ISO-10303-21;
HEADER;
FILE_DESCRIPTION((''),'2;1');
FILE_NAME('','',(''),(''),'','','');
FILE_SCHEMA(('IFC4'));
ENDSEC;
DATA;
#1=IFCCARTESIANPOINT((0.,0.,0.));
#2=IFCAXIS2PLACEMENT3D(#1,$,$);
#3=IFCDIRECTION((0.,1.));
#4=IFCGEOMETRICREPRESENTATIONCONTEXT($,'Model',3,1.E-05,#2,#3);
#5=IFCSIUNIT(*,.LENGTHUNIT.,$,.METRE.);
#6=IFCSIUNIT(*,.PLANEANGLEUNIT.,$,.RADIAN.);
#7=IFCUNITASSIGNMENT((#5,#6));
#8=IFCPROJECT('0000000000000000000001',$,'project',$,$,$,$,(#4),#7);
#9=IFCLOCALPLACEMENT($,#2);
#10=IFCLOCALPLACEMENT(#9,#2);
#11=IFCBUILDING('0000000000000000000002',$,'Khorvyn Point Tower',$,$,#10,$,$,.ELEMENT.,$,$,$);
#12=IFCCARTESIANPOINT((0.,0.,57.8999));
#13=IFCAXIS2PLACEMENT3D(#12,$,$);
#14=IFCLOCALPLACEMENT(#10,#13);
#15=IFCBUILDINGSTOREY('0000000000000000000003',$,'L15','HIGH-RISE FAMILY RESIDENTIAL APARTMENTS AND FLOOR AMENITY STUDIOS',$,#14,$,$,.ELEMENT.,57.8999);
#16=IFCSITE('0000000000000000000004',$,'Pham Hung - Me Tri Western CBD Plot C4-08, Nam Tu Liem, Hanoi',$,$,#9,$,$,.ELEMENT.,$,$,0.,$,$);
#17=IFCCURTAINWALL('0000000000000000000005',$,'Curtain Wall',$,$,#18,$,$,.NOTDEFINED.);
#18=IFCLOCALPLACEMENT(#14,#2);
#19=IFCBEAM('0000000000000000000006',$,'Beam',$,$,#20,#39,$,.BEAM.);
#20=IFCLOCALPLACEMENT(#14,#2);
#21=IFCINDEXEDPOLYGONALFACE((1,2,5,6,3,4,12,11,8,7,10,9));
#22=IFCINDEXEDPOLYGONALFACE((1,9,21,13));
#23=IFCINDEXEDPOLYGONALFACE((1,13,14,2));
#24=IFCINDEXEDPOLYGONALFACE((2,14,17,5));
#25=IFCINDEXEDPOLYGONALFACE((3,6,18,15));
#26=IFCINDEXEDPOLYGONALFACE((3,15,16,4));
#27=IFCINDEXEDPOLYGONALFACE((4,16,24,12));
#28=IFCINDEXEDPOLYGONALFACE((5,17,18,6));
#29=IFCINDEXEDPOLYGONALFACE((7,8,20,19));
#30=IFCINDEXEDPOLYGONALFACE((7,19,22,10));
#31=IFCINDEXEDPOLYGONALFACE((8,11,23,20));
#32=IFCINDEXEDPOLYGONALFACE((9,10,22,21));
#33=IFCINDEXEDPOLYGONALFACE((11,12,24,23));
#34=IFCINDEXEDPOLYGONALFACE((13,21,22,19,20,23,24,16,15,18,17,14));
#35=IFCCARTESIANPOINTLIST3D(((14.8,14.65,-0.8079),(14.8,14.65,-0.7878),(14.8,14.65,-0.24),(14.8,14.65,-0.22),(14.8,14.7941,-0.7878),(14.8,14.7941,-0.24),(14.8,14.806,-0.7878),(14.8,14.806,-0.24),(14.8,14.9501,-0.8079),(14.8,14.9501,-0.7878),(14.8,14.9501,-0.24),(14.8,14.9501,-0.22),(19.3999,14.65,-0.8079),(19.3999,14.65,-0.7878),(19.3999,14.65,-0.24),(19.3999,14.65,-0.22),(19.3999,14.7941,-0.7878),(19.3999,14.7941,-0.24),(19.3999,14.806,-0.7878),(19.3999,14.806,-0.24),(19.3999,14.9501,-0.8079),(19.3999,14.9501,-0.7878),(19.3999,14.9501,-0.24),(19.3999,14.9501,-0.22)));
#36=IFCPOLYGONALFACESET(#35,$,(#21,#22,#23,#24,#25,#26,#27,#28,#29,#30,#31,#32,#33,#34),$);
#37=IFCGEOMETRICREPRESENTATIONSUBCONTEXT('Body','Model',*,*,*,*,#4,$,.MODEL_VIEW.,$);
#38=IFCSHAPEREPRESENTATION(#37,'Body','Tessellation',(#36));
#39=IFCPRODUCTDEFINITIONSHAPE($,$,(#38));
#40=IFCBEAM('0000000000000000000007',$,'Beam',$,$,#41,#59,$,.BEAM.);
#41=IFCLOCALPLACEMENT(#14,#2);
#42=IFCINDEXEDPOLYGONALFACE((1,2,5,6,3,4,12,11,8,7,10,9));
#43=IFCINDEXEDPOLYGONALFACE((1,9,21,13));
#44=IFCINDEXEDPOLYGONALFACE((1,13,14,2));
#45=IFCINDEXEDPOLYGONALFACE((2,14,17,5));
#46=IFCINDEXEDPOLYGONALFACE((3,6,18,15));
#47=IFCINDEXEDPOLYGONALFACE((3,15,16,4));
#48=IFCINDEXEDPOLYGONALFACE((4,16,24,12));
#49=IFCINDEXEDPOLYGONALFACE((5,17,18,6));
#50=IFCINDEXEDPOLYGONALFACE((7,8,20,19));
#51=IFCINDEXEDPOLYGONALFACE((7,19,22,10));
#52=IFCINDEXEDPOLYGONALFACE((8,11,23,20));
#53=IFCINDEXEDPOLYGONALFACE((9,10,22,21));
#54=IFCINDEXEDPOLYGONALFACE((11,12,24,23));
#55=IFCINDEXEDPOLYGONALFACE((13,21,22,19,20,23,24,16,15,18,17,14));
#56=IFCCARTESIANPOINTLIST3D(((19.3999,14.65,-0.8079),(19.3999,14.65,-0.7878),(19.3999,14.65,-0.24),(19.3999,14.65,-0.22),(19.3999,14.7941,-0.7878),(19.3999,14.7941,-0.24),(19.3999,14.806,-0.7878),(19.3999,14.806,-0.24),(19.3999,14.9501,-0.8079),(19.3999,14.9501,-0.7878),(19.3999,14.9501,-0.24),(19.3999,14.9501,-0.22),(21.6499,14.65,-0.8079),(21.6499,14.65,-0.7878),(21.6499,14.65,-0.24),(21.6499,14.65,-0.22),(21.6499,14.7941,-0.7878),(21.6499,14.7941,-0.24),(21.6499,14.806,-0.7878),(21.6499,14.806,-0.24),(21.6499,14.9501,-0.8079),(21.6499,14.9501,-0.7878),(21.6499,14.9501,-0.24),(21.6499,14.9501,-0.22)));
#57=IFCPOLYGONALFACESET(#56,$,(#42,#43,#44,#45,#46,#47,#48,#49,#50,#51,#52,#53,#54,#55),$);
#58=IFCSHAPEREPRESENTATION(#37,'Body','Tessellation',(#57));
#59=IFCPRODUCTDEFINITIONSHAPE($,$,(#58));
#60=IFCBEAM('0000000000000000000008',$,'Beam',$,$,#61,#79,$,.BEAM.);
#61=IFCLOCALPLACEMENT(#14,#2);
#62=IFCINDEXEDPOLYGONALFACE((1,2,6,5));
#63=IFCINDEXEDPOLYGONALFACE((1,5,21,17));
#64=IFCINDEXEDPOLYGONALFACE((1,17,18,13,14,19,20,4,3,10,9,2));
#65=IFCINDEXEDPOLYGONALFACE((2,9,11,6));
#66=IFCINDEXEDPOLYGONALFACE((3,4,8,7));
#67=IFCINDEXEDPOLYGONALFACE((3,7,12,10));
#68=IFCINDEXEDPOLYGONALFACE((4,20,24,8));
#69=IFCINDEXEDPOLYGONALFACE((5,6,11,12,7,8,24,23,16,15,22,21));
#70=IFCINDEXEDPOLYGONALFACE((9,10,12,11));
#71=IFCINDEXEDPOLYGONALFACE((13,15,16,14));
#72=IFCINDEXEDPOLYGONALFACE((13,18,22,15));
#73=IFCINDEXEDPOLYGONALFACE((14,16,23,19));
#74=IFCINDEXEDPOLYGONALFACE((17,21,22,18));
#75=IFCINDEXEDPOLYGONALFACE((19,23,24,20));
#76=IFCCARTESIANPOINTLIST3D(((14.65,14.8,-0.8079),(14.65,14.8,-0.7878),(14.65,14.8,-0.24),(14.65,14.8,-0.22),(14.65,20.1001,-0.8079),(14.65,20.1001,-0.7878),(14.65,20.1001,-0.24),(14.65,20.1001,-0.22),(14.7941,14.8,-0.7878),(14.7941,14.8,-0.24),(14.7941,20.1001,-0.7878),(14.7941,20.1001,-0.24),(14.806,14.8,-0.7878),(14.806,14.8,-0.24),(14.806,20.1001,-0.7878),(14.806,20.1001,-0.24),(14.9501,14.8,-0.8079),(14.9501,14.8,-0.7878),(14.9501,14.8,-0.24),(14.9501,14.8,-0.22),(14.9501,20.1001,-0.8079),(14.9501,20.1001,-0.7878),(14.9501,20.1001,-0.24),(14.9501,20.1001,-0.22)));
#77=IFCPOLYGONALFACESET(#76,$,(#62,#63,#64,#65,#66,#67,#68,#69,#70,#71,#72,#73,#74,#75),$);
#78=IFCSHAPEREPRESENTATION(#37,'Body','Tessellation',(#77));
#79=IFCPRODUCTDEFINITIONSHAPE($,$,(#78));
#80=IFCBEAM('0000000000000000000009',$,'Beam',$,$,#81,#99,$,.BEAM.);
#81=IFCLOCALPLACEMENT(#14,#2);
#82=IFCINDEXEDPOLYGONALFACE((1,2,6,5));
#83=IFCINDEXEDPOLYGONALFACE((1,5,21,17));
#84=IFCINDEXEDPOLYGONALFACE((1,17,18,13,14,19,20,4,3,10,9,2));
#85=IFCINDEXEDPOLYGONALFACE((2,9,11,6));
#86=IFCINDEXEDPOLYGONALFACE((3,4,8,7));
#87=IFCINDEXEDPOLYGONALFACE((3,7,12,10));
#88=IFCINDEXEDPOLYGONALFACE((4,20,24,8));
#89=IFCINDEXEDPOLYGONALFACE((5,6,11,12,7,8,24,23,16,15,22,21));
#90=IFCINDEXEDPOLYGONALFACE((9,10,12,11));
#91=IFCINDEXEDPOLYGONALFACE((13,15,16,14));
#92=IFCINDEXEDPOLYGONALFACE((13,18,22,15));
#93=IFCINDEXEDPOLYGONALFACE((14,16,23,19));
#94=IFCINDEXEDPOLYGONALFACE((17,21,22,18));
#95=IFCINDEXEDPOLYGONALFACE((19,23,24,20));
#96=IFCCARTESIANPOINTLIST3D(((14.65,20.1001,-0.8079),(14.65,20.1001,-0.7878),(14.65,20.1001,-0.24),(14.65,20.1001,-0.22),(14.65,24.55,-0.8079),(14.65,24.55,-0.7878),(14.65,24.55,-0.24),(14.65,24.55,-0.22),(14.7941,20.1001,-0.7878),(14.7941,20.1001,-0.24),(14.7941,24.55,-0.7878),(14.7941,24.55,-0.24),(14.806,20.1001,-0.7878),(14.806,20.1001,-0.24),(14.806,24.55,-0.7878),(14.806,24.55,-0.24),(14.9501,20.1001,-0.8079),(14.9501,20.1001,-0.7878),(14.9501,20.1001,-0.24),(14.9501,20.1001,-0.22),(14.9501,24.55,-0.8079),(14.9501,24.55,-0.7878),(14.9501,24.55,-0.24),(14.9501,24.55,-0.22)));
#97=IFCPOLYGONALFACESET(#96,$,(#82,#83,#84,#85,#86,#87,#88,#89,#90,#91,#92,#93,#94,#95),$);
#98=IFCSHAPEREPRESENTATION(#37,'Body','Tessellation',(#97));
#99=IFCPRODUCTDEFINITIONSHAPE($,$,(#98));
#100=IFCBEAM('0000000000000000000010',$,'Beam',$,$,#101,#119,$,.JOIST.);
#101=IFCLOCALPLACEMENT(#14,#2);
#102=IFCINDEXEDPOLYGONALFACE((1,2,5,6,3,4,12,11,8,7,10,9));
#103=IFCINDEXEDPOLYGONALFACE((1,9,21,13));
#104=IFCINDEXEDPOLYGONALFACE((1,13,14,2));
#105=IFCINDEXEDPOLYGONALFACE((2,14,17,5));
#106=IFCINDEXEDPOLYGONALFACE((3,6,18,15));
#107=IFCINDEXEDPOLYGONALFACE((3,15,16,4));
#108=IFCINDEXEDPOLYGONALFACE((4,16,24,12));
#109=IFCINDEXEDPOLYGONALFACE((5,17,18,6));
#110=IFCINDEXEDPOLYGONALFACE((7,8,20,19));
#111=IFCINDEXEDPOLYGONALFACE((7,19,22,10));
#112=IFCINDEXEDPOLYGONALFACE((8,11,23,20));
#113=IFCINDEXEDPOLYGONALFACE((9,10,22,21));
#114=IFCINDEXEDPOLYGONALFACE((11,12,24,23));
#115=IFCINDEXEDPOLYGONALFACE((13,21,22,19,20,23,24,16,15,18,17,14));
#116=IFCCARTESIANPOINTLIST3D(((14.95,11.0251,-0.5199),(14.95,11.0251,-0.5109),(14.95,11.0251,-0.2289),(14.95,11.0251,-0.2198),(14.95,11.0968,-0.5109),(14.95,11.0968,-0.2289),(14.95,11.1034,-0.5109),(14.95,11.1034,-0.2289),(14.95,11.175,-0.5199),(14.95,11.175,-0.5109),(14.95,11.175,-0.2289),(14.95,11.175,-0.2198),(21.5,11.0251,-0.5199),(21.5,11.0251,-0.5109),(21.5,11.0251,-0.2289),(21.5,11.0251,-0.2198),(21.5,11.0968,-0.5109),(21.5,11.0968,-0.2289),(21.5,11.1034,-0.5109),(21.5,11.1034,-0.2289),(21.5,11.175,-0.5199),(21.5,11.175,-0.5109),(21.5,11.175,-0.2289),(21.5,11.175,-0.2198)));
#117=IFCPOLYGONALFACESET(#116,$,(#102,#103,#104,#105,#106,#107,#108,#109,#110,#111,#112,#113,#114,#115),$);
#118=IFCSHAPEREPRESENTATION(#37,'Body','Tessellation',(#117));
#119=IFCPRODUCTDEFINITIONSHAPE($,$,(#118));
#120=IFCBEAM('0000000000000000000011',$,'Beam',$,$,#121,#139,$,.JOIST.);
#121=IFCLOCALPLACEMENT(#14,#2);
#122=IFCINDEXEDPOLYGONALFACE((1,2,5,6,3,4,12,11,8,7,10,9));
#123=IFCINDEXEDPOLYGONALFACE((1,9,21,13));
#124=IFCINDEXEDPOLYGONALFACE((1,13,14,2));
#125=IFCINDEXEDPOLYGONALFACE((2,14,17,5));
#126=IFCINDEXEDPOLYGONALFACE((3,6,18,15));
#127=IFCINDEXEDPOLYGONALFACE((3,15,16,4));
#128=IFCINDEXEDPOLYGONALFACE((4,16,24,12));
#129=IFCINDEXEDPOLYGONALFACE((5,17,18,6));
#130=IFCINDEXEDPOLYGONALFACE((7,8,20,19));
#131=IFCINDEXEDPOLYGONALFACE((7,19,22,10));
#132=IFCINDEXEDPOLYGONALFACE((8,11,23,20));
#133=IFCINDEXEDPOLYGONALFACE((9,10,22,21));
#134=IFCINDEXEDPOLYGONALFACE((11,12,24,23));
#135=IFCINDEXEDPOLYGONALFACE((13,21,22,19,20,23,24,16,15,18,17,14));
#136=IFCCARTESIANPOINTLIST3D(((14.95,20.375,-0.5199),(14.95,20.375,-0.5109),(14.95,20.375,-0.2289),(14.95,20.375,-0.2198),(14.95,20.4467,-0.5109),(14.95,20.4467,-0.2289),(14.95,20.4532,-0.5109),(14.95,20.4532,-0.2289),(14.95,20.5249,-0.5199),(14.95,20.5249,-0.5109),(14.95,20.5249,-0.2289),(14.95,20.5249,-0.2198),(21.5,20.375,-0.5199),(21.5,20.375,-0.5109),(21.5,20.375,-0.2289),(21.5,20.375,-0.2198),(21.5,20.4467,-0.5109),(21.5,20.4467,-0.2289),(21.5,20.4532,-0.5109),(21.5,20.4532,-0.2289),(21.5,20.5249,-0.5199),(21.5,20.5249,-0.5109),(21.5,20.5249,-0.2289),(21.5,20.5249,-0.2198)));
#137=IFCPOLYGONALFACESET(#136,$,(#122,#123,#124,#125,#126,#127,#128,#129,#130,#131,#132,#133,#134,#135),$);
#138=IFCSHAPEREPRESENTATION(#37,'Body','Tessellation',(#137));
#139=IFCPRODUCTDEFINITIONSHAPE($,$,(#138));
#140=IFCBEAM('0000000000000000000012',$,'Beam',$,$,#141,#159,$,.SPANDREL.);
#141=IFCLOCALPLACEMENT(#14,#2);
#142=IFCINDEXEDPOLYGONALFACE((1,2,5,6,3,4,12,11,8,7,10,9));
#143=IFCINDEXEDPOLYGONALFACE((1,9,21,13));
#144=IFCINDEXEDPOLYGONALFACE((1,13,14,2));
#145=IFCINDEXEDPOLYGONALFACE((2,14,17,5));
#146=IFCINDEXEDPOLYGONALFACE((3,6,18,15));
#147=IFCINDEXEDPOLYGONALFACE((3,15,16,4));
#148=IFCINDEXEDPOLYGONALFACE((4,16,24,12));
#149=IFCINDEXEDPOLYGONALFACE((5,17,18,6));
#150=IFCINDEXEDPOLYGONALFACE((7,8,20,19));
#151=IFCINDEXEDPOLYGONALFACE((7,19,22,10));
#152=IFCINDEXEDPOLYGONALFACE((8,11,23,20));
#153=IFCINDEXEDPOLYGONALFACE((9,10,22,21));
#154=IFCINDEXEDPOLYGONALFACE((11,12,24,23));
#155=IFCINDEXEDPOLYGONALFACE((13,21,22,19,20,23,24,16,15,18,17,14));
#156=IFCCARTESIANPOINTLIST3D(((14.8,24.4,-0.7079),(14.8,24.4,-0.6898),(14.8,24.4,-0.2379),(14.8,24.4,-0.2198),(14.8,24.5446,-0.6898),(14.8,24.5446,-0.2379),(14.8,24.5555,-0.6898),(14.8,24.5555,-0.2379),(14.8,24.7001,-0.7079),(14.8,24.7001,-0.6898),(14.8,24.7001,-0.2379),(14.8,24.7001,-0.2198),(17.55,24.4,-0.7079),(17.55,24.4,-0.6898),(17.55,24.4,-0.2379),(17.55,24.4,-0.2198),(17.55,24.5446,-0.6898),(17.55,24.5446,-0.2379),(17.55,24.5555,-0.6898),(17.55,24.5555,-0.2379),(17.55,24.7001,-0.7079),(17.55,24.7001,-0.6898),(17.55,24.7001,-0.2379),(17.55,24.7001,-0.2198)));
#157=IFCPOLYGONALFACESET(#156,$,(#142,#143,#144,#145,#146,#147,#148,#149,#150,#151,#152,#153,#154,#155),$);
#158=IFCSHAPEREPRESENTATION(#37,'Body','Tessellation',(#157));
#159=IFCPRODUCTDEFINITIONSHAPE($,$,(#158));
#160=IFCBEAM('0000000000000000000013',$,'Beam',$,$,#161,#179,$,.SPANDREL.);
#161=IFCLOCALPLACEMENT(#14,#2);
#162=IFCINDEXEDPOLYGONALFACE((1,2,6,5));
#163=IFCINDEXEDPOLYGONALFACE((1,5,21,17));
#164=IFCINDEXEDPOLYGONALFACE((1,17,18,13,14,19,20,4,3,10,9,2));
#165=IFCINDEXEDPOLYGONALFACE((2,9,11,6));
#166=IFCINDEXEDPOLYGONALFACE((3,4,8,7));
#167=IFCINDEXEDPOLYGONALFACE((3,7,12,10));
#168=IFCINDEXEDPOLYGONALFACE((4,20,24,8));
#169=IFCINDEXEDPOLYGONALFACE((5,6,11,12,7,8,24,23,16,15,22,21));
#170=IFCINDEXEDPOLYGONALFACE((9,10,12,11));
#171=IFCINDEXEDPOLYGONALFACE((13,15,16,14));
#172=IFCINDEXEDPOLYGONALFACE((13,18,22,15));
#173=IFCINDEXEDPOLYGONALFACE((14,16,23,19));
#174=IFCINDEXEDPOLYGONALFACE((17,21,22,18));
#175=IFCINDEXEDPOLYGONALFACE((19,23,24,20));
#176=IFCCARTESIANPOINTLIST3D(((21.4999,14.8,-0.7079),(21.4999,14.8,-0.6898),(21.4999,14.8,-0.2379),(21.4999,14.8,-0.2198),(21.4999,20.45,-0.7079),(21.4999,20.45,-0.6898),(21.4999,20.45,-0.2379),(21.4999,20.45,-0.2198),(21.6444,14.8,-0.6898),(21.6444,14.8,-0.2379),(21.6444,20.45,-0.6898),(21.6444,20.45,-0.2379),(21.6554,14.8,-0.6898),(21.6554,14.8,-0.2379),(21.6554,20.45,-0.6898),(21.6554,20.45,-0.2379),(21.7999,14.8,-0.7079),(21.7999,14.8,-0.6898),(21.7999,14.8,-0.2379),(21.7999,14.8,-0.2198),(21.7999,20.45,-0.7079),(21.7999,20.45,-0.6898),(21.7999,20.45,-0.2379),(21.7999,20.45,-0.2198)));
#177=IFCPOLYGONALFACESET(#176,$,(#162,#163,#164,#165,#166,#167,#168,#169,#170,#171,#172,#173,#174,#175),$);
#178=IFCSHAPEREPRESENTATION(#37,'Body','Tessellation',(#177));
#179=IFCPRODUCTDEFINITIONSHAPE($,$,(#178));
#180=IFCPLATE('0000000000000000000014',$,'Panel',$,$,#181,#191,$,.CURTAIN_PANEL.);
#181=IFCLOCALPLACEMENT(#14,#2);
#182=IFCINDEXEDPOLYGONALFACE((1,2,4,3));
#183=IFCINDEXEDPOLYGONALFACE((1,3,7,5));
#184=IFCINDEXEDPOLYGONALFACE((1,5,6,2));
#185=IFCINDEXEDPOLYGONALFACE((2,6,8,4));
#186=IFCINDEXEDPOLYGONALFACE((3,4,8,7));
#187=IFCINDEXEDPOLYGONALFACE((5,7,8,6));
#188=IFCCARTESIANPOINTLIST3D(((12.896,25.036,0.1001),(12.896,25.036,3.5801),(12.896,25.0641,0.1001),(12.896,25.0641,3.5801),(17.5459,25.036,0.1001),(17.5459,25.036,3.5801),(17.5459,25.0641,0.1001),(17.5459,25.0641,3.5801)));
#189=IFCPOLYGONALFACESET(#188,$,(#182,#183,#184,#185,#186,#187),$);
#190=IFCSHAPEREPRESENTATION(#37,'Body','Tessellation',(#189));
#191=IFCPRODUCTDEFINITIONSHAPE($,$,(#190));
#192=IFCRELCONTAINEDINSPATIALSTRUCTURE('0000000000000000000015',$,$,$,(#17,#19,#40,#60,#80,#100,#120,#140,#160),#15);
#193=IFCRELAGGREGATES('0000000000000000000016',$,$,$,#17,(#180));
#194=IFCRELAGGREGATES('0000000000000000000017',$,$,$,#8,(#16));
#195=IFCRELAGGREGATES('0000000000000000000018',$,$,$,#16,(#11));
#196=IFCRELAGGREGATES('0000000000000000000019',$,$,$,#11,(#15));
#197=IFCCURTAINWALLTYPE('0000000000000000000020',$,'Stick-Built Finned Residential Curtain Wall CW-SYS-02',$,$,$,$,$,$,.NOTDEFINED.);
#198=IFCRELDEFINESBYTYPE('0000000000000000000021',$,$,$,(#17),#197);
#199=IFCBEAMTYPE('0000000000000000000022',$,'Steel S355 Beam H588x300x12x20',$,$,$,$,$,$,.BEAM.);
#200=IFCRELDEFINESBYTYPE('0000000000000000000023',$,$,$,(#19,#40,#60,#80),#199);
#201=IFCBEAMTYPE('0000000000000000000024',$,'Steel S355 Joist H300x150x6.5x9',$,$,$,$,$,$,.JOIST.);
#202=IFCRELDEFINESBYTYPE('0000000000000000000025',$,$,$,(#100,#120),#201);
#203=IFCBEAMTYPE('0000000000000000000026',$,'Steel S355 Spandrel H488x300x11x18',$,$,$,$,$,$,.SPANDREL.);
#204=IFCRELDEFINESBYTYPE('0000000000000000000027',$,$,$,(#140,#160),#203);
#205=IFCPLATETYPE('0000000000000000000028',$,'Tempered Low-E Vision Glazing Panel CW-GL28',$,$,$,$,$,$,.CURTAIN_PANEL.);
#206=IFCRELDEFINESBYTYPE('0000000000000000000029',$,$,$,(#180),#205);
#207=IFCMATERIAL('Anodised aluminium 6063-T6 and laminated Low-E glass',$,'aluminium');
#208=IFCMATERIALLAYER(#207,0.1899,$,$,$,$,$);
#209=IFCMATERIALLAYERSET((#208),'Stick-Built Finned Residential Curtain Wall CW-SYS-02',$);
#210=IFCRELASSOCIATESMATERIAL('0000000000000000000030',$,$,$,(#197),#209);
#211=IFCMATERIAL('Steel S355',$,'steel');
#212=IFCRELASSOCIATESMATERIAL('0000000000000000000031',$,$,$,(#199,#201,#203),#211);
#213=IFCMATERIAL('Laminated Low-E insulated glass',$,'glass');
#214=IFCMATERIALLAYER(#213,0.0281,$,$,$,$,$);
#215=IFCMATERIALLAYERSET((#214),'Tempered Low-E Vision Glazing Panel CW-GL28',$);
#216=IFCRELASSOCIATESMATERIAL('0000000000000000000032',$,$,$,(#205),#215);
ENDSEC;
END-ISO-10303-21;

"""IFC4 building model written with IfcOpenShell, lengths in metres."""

from ifc_helpers import new_model, si_unit, direction, frame, origin, origin_2d, place, context, subcontext, project, spatial, rectangle, i_section, extrude, material, layer, layer_set, material_profile, profile_set, type_object, element, aggregate, save


model = new_model("IFC4")

# Units and contexts
model_context = context("Model", 3, precision=1e-05, world=origin(), true_north=direction((0.0, 1.0)))
body_context = subcontext(model_context, "Body", "Model", "MODEL_VIEW")
ifc_project = project(units=[si_unit("LENGTHUNIT", "METRE"), si_unit("PLANEANGLEUNIT", "RADIAN")], contexts=[model_context])

# Site, building, storey
site_placement = place(None, origin())
site = spatial("IfcSite", under=ifc_project, at=site_placement, Name="Pham Hung - Me Tri Western CBD Plot C4-08, Nam Tu Liem, Hanoi", CompositionType="ELEMENT", RefElevation=0.0)
building_placement = place(site_placement, origin())
building = spatial("IfcBuilding", under=site, at=building_placement, Name="Khorvyn Point Tower", CompositionType="ELEMENT")
storey_placement = place(building_placement, frame((0.0, 0.0, 57.8999)))
storey = spatial("IfcBuildingStorey", under=building, at=storey_placement, Name="L15", Description="HIGH-RISE FAMILY RESIDENTIAL APARTMENTS AND FLOOR AMENITY STUDIOS", CompositionType="ELEMENT", Elevation=57.8999)

# Curtain wall
ifc_material_1 = material(Name="Anodised aluminium 6063-T6 and laminated Low-E glass", Category="aluminium")
ifc_layer_1 = layer(ifc_material_1, 0.1899)
ifc_layer_set_1 = layer_set([ifc_layer_1], Name="Stick-Built Finned Residential Curtain Wall CW-SYS-02")
curtain_wall_type = type_object("IfcCurtainWallType", Name="Stick-Built Finned Residential Curtain Wall CW-SYS-02", PredefinedType="NOTDEFINED", material=ifc_layer_set_1)
curtain_wall_1_placement = place(storey_placement, origin())
curtain_wall_1 = element("IfcCurtainWall", 1, at=curtain_wall_1_placement, inside=storey, type_object=curtain_wall_type, Name="Curtain Wall", PredefinedType="NOTDEFINED")

# Beams
ifc_material_2 = material(Name="Steel S355", Category="steel")
ifc_material_profile_1 = material_profile(ifc_material_2, i_section(OverallWidth=0.3, OverallDepth=0.5879, WebThickness=0.012, FlangeThickness=0.02, at=origin_2d()))
ifc_profile_set_1 = profile_set([ifc_material_profile_1], Name="Steel S355 H588x300x12x20")
beam_type_1 = type_object("IfcBeamType", Name="Steel S355 Beam H588x300x12x20", PredefinedType="BEAM", material=ifc_profile_set_1)
beam_1_placement = place(storey_placement, frame((14.8, 14.8, -0.5139), z_axis=(1.0, 0.0, 0.0), x_axis=(0.0, 1.0, 0.0)))
element("IfcBeam", 2, at=beam_1_placement, inside=storey, type_object=beam_type_1, Name="Beam", PredefinedType="BEAM", context=body_context, shape_type="SweptSolid", body=[
    extrude(i_section(OverallWidth=0.3, OverallDepth=0.5879, WebThickness=0.012, FlangeThickness=0.02, at=origin_2d()), origin(), (0.0, 0.0, 1.0), 4.5999),
])
beam_2_placement = place(storey_placement, frame((19.3999, 14.8, -0.5139), z_axis=(1.0, 0.0, 0.0), x_axis=(0.0, 1.0, 0.0)))
element("IfcBeam", 3, at=beam_2_placement, inside=storey, type_object=beam_type_1, Name="Beam", PredefinedType="BEAM", context=body_context, shape_type="SweptSolid", body=[
    extrude(i_section(OverallWidth=0.3, OverallDepth=0.5879, WebThickness=0.012, FlangeThickness=0.02, at=origin_2d()), origin(), (0.0, 0.0, 1.0), 2.25),
])
beam_3_placement = place(storey_placement, frame((14.8, 14.8, -0.5139), z_axis=(0.0, 1.0, 0.0), x_axis=(-1.0, 0.0, 0.0)))
element("IfcBeam", 4, at=beam_3_placement, inside=storey, type_object=beam_type_1, Name="Beam", PredefinedType="BEAM", context=body_context, shape_type="SweptSolid", body=[
    extrude(i_section(OverallWidth=0.3, OverallDepth=0.5879, WebThickness=0.012, FlangeThickness=0.02, at=origin_2d()), origin(), (0.0, 0.0, 1.0), 5.3),
])
beam_4_placement = place(storey_placement, frame((14.8, 20.1001, -0.5139), z_axis=(0.0, 1.0, 0.0), x_axis=(-1.0, 0.0, 0.0)))
element("IfcBeam", 5, at=beam_4_placement, inside=storey, type_object=beam_type_1, Name="Beam", PredefinedType="BEAM", context=body_context, shape_type="SweptSolid", body=[
    extrude(i_section(OverallWidth=0.3, OverallDepth=0.5879, WebThickness=0.012, FlangeThickness=0.02, at=origin_2d()), origin(), (0.0, 0.0, 1.0), 4.45),
])
ifc_material_profile_2 = material_profile(ifc_material_2, i_section(OverallWidth=0.1499, OverallDepth=0.3, WebThickness=0.0066, FlangeThickness=0.009, at=origin_2d()))
ifc_profile_set_2 = profile_set([ifc_material_profile_2], Name="Steel S355 H300x150x6.5x9")
beam_type_2 = type_object("IfcBeamType", Name="Steel S355 Joist H300x150x6.5x9", PredefinedType="JOIST", material=ifc_profile_set_2)
for number, where, z_axis, x_axis, name in (
    (6, (14.95, 11.1001, -0.3699), (1.0, 0.0, 0.0), (0.0, 1.0, 0.0), "Beam"),
    (7, (14.95, 20.45, -0.3699), (1.0, 0.0, 0.0), (0.0, 1.0, 0.0), "Beam"),
):
    element("IfcBeam", number, at=place(storey_placement, frame(where, z_axis=z_axis, x_axis=x_axis)), inside=storey, type_object=beam_type_2, Name=name, PredefinedType="JOIST", context=body_context, shape_type="SweptSolid", body=[
        extrude(i_section(OverallWidth=0.1499, OverallDepth=0.3, WebThickness=0.0066, FlangeThickness=0.009, at=origin_2d()), origin(), (0.0, 0.0, 1.0), 6.55),
    ])
ifc_material_profile_3 = material_profile(ifc_material_2, i_section(OverallWidth=0.3, OverallDepth=0.488, WebThickness=0.011, FlangeThickness=0.0181, at=origin_2d()))
ifc_profile_set_3 = profile_set([ifc_material_profile_3], Name="Steel S355 H488x300x11x18")
beam_type_3 = type_object("IfcBeamType", Name="Steel S355 Spandrel H488x300x11x18", PredefinedType="SPANDREL", material=ifc_profile_set_3)
beam_5_placement = place(storey_placement, frame((14.8, 24.55, -0.4639), z_axis=(1.0, 0.0, 0.0), x_axis=(0.0, 1.0, 0.0)))
element("IfcBeam", 8, at=beam_5_placement, inside=storey, type_object=beam_type_3, Name="Beam", PredefinedType="SPANDREL", context=body_context, shape_type="SweptSolid", body=[
    extrude(i_section(OverallWidth=0.3, OverallDepth=0.488, WebThickness=0.011, FlangeThickness=0.0181, at=origin_2d()), origin(), (0.0, 0.0, 1.0), 2.75),
])
beam_6_placement = place(storey_placement, frame((21.6499, 14.8, -0.4639), z_axis=(0.0, 1.0, 0.0), x_axis=(-1.0, 0.0, 0.0)))
element("IfcBeam", 9, at=beam_6_placement, inside=storey, type_object=beam_type_3, Name="Beam", PredefinedType="SPANDREL", context=body_context, shape_type="SweptSolid", body=[
    extrude(i_section(OverallWidth=0.3, OverallDepth=0.488, WebThickness=0.011, FlangeThickness=0.0181, at=origin_2d()), origin(), (0.0, 0.0, 1.0), 5.6499),
])

# Plate
ifc_material_3 = material(Name="Laminated Low-E insulated glass", Category="glass")
ifc_layer_2 = layer(ifc_material_3, 0.0281)
ifc_layer_set_2 = layer_set([ifc_layer_2], Name="Tempered Low-E Vision Glazing Panel CW-GL28")
plate_type = type_object("IfcPlateType", Name="Tempered Low-E Vision Glazing Panel CW-GL28", PredefinedType="CURTAIN_PANEL", material=ifc_layer_set_2)
plate_1_placement = place(storey_placement, frame((15.2209, 25.05, 0.1001), z_axis=(0.0, 0.0, 1.0), x_axis=(1.0, 0.0, 0.0)))
plate_1 = element("IfcPlate", 10, at=plate_1_placement, type_object=plate_type, Name="Panel", PredefinedType="CURTAIN_PANEL", context=body_context, shape_type="SweptSolid", body=[
    extrude(rectangle(XDim=4.6499, YDim=0.0281, at=origin_2d()), origin(), (0.0, 0.0, 1.0), 3.48),
])
aggregate(curtain_wall_1, [plate_1])

save(model, "model.ifc")
